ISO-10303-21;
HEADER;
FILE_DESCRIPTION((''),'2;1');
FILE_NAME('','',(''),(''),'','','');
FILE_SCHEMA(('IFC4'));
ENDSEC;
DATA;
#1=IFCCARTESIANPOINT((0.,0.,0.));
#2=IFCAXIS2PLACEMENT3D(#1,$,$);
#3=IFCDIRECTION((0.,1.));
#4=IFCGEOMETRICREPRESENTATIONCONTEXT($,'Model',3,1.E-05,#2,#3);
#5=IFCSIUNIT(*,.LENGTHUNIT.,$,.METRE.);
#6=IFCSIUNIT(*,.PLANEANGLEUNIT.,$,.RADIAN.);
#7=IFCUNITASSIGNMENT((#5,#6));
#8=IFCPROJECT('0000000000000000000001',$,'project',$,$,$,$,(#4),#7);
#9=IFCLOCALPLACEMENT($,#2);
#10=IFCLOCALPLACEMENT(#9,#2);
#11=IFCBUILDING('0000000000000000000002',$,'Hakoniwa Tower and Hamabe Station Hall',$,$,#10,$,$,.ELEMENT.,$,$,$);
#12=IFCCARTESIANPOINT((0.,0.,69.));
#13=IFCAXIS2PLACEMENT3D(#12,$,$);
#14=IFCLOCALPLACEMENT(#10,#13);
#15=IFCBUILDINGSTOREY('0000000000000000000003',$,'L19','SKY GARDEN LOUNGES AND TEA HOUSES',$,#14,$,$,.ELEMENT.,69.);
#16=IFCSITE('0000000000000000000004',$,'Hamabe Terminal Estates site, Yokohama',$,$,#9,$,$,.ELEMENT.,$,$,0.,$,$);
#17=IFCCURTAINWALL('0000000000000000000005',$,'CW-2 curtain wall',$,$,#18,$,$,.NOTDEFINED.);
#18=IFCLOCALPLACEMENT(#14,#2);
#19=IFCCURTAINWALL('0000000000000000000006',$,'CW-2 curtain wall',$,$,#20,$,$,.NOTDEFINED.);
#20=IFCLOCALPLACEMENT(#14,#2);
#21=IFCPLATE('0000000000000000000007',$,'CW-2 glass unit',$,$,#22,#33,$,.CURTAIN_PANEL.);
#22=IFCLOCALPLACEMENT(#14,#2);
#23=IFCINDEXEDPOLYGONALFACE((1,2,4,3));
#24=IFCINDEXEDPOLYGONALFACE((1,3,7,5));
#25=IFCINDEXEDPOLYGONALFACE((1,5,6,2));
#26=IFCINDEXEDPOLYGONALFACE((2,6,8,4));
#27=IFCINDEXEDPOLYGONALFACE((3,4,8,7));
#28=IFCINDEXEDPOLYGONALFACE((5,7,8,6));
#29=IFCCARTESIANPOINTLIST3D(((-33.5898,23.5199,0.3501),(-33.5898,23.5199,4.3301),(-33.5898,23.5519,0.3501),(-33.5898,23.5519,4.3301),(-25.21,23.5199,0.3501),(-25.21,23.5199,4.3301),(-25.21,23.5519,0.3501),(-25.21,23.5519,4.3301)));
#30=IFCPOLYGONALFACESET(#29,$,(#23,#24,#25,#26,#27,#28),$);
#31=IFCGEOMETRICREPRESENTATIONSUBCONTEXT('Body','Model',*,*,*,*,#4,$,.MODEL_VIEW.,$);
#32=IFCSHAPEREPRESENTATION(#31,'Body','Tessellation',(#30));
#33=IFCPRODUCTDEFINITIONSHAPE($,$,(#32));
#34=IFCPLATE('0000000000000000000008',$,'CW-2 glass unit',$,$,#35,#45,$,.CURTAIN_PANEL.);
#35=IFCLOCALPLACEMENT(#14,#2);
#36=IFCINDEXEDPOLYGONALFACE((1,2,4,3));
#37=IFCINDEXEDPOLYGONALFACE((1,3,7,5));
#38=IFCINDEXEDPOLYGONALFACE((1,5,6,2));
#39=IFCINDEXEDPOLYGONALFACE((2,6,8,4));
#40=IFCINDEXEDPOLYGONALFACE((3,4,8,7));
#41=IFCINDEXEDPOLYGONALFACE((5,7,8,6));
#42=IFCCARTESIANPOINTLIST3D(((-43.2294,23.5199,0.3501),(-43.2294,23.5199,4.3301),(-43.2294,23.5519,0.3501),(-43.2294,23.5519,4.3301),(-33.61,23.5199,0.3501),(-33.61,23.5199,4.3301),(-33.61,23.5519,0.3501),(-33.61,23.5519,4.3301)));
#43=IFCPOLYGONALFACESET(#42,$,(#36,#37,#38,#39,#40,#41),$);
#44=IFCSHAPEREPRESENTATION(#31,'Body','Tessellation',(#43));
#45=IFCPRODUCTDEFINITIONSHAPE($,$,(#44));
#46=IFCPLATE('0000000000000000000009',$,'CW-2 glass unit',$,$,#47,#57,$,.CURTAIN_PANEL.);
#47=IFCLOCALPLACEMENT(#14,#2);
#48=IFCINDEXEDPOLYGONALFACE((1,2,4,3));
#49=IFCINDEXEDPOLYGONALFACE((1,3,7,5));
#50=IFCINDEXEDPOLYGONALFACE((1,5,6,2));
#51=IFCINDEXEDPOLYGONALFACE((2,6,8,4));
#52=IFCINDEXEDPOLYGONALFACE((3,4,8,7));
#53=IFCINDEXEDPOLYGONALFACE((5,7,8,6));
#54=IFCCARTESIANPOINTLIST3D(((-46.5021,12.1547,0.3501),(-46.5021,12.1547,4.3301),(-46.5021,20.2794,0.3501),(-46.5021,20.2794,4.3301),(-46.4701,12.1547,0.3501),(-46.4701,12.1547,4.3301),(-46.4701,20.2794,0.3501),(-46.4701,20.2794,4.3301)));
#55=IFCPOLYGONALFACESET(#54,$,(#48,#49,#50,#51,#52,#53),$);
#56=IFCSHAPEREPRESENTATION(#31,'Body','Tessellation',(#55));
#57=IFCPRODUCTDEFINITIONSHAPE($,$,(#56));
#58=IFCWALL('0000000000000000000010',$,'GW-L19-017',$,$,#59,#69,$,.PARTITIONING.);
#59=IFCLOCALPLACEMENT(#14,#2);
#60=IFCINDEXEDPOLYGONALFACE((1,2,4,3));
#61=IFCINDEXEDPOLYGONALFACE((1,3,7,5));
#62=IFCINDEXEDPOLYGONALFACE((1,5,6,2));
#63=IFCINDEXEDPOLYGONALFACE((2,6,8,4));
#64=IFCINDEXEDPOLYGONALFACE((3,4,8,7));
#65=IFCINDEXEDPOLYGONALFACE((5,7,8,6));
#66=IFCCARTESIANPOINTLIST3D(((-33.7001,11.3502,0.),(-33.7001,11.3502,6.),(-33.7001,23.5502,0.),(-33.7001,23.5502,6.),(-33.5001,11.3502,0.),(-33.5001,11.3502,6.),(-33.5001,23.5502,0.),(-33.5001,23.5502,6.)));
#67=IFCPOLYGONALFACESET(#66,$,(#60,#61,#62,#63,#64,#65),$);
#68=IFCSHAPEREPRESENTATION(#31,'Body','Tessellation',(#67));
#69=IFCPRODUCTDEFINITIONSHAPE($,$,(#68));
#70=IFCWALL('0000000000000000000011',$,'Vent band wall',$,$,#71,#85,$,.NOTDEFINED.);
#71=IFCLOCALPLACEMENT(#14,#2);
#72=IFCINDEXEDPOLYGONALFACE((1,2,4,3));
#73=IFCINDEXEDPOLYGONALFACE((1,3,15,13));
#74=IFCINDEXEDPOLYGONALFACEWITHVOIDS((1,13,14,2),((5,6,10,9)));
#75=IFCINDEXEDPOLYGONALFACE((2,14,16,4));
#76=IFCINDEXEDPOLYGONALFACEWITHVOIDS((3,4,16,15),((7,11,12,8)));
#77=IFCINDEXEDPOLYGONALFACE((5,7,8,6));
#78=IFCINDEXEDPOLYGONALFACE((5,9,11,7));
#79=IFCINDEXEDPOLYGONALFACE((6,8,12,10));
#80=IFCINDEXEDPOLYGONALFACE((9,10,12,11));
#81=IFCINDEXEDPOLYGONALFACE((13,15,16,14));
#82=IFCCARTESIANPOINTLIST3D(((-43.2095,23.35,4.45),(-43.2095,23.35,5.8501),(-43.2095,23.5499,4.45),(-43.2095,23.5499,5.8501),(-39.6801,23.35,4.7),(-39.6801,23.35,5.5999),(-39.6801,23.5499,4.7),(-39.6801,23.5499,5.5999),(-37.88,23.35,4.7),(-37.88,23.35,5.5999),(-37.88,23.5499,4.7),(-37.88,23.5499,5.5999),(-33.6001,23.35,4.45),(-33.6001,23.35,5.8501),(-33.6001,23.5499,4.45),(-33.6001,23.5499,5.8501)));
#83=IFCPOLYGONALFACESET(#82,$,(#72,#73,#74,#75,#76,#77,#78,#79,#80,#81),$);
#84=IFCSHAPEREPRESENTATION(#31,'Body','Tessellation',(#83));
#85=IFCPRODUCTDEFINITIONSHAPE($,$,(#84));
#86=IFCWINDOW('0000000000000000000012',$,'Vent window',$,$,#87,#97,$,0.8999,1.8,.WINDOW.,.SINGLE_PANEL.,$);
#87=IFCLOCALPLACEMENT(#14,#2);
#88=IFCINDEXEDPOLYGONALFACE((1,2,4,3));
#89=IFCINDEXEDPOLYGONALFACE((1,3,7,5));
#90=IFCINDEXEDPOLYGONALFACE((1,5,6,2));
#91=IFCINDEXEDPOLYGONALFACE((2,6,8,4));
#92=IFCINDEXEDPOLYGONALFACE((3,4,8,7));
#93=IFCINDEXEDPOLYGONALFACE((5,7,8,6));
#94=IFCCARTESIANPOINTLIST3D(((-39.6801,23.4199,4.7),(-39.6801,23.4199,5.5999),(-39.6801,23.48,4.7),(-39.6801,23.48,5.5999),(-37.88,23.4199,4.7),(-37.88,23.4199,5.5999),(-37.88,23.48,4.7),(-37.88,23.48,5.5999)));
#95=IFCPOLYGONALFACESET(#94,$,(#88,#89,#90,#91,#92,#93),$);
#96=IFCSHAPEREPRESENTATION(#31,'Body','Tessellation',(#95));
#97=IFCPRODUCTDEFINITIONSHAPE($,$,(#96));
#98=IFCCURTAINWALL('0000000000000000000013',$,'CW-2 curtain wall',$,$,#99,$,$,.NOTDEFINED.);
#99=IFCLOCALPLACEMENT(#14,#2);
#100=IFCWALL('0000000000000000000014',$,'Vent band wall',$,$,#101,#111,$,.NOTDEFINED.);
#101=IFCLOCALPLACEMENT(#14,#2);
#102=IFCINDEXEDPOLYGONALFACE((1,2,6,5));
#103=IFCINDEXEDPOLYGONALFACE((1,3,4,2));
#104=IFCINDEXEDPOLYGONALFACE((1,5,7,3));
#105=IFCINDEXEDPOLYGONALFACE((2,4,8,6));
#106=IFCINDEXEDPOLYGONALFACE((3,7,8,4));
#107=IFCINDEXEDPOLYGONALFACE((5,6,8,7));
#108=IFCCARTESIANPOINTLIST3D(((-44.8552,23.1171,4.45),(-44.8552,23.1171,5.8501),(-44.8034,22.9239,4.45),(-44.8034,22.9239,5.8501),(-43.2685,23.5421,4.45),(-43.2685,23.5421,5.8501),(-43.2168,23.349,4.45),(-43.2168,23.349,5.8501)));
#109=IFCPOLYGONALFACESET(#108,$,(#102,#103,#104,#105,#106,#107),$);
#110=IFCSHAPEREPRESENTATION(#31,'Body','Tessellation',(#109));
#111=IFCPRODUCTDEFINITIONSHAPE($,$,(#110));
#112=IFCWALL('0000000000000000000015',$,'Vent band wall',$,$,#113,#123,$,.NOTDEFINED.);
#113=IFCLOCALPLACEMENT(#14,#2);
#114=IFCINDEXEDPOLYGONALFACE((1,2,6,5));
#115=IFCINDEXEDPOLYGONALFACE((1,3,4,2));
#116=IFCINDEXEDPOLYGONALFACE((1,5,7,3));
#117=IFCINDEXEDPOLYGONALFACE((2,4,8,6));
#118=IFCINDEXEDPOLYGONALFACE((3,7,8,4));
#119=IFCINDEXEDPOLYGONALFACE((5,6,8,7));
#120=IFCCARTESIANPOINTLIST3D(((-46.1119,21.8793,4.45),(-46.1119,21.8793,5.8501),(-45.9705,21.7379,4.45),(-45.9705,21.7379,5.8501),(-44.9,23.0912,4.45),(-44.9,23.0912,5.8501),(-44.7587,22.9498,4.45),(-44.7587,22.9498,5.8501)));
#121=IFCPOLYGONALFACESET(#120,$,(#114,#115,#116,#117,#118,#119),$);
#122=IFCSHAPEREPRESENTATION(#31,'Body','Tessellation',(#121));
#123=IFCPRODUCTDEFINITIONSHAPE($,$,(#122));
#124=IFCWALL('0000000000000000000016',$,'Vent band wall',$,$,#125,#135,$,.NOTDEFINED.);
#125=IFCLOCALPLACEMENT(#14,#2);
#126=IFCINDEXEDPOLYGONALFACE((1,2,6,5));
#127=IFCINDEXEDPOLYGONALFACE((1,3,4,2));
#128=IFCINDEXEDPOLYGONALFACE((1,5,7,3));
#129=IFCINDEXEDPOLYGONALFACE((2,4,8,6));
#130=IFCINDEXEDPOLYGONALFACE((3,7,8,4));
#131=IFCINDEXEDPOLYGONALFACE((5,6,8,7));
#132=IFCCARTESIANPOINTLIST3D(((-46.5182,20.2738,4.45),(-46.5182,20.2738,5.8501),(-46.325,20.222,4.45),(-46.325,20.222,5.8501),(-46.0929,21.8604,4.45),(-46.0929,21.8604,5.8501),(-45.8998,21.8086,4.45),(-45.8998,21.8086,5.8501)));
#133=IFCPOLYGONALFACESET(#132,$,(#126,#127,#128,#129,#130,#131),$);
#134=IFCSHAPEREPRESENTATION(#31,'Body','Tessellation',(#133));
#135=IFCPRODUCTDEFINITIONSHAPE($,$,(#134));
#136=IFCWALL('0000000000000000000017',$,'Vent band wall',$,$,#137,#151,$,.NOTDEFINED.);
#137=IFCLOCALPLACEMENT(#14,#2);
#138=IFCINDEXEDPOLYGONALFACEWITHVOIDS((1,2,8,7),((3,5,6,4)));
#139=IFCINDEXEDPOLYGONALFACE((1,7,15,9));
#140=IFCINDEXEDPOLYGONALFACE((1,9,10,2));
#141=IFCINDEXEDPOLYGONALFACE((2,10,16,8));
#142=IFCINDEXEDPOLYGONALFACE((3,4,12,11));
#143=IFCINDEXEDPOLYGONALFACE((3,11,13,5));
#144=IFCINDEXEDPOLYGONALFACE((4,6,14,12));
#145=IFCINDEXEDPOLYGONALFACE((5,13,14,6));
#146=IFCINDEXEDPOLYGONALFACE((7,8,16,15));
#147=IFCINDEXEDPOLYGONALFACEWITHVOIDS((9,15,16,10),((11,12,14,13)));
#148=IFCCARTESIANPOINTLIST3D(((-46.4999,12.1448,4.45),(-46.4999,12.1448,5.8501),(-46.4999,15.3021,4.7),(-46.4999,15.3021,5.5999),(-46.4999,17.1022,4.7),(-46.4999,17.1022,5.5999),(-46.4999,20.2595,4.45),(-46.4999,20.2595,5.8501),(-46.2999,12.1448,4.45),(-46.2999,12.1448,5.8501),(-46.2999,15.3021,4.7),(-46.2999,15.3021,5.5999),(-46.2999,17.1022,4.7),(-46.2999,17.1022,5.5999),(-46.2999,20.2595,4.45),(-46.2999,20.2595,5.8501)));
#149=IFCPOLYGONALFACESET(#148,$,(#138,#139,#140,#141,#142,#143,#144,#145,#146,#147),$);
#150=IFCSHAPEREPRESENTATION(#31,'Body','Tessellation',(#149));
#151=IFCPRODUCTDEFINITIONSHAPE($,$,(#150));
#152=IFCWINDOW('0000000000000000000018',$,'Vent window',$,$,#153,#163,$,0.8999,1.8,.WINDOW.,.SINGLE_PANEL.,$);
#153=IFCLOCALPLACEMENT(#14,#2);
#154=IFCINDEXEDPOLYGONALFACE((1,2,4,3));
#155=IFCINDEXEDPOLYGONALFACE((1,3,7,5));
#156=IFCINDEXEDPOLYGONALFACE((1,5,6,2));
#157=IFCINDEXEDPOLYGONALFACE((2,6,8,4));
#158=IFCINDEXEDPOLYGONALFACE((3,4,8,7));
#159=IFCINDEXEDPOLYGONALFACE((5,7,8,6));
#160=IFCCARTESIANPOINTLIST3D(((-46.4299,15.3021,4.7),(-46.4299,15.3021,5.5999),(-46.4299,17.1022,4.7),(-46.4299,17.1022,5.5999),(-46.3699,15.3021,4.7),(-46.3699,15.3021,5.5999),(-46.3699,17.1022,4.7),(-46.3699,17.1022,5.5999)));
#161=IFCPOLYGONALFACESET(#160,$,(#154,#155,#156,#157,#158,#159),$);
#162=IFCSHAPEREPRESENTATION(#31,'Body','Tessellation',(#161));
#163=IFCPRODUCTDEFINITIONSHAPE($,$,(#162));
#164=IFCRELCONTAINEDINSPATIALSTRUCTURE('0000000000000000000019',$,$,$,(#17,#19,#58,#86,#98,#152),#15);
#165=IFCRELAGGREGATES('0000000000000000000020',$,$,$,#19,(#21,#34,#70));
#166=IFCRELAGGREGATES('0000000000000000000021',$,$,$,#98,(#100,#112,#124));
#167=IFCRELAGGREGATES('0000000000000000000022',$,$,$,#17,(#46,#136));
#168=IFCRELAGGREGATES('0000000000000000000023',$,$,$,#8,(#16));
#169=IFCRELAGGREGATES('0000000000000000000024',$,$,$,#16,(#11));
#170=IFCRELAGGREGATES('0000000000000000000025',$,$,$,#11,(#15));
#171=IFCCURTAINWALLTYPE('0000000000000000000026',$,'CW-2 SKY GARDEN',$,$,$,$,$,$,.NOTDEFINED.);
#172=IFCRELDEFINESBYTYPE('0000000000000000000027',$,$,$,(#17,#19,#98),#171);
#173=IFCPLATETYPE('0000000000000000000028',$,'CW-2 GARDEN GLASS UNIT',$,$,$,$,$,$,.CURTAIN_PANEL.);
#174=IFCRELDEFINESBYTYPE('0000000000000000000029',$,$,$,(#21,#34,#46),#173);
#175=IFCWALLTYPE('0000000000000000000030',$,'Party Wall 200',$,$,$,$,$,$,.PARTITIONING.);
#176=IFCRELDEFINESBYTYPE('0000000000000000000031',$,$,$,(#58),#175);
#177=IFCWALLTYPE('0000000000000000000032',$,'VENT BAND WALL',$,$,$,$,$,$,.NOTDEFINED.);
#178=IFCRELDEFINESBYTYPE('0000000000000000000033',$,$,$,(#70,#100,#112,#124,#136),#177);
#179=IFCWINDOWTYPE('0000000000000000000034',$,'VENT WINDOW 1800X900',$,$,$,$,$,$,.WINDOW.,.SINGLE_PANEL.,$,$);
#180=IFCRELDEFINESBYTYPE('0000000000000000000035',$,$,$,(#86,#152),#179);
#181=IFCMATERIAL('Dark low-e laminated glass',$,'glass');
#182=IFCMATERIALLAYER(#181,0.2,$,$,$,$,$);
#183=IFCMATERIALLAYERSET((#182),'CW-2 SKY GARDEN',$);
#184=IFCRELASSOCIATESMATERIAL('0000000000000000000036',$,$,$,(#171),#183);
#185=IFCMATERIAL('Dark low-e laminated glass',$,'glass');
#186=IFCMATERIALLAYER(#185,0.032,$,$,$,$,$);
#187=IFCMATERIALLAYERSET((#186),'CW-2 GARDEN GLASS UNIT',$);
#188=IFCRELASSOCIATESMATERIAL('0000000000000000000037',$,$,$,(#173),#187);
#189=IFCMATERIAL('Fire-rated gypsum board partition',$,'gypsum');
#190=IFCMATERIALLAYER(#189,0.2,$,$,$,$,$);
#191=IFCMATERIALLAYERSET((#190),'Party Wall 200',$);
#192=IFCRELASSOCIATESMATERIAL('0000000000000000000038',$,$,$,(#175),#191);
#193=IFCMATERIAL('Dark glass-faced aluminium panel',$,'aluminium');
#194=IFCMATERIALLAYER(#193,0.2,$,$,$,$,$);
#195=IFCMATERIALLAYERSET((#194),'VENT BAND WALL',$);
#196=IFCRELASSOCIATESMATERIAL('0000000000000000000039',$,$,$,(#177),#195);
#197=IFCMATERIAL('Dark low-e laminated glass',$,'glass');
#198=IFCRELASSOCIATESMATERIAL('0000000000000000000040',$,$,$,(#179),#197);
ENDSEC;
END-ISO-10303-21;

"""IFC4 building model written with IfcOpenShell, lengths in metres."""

from ifc_helpers import new_model, si_unit, direction, frame, frame_2d, origin, origin_2d, place, context, subcontext, project, spatial, rectangle, extrude, material, layer, layer_set, type_object, element, fill, aggregate, save


model = new_model("IFC4")

# Units and contexts
model_context = context("Model", 3, precision=1e-05, world=origin(), true_north=direction((0.0, 1.0)))
body_context = subcontext(model_context, "Body", "Model", "MODEL_VIEW")
ifc_project = project(units=[si_unit("LENGTHUNIT", "METRE"), si_unit("PLANEANGLEUNIT", "RADIAN")], contexts=[model_context])

# Site, building, storey
site_placement = place(None, origin())
site = spatial("IfcSite", under=ifc_project, at=site_placement, Name="Hamabe Terminal Estates site, Yokohama", CompositionType="ELEMENT", RefElevation=0.0)
building_placement = place(site_placement, origin())
building = spatial("IfcBuilding", under=site, at=building_placement, Name="Hakoniwa Tower and Hamabe Station Hall", CompositionType="ELEMENT")
storey_placement = place(building_placement, frame((0.0, 0.0, 69.0)))
storey = spatial("IfcBuildingStorey", under=building, at=storey_placement, Name="L19", Description="SKY GARDEN LOUNGES AND TEA HOUSES", CompositionType="ELEMENT", Elevation=69.0)

# Curtain walls
ifc_material_1 = material(Name="Dark low-e laminated glass", Category="glass")
ifc_layer_1 = layer(ifc_material_1, 0.2)
ifc_layer_set_1 = layer_set([ifc_layer_1], Name="CW-2 SKY GARDEN")
curtain_wall_type = type_object("IfcCurtainWallType", Name="CW-2 SKY GARDEN", PredefinedType="NOTDEFINED", material=ifc_layer_set_1)
curtain_wall_1_placement = place(storey_placement, origin())
curtain_wall_1 = element("IfcCurtainWall", 1, at=curtain_wall_1_placement, inside=storey, type_object=curtain_wall_type, Name="CW-2 curtain wall", PredefinedType="NOTDEFINED")
curtain_wall_2_placement = place(storey_placement, origin())
curtain_wall_2 = element("IfcCurtainWall", 2, at=curtain_wall_2_placement, inside=storey, type_object=curtain_wall_type, Name="CW-2 curtain wall", PredefinedType="NOTDEFINED")

# Plates
ifc_material_2 = material(Name="Dark low-e laminated glass", Category="glass")
ifc_layer_2 = layer(ifc_material_2, 0.032)
ifc_layer_set_2 = layer_set([ifc_layer_2], Name="CW-2 GARDEN GLASS UNIT")
plate_type = type_object("IfcPlateType", Name="CW-2 GARDEN GLASS UNIT", PredefinedType="CURTAIN_PANEL", material=ifc_layer_set_2)
plate_1_placement = place(storey_placement, frame((-29.3999, 23.5359, 0.3501), z_axis=(0.0, 0.0, 1.0), x_axis=(-1.0, 0.0, 0.0)))
plate_1 = element("IfcPlate", 3, at=plate_1_placement, type_object=plate_type, Name="CW-2 glass unit", PredefinedType="CURTAIN_PANEL", context=body_context, shape_type="SweptSolid", body=[
    extrude(rectangle(XDim=8.3799, YDim=0.032, at=origin_2d()), origin(), (0.0, 0.0, 1.0), 3.98),
])
plate_2_placement = place(storey_placement, frame((-38.4197, 23.5359, 0.3501), z_axis=(0.0, 0.0, 1.0), x_axis=(-1.0, 0.0, 0.0)))
plate_2 = element("IfcPlate", 4, at=plate_2_placement, type_object=plate_type, Name="CW-2 glass unit", PredefinedType="CURTAIN_PANEL", context=body_context, shape_type="SweptSolid", body=[
    extrude(rectangle(XDim=9.6194, YDim=0.032, at=origin_2d()), origin(), (0.0, 0.0, 1.0), 3.98),
])
plate_3_placement = place(storey_placement, frame((-46.4861, 16.217, 0.3501), z_axis=(0.0, 0.0, 1.0), x_axis=(0.0, -1.0, 0.0)))
plate_3 = element("IfcPlate", 5, at=plate_3_placement, type_object=plate_type, Name="CW-2 glass unit", PredefinedType="CURTAIN_PANEL", context=body_context, shape_type="SweptSolid", body=[
    extrude(rectangle(XDim=8.1248, YDim=0.032, at=origin_2d()), origin(), (0.0, 0.0, 1.0), 3.98),
])

# Wall
ifc_material_3 = material(Name="Fire-rated gypsum board partition", Category="gypsum")
ifc_layer_3 = layer(ifc_material_3, 0.2)
ifc_layer_set_3 = layer_set([ifc_layer_3], Name="Party Wall 200")
wall_type_1 = type_object("IfcWallType", Name="Party Wall 200", PredefinedType="PARTITIONING", material=ifc_layer_set_3)
wall_1_placement = place(storey_placement, frame((-33.6001, 11.3501, 0.0), z_axis=(0.0, 0.0, 1.0), x_axis=(0.0, 1.0, 0.0)))
element("IfcWall", 6, at=wall_1_placement, inside=storey, type_object=wall_type_1, Name="GW-L19-017", PredefinedType="PARTITIONING", context=body_context, shape_type="SweptSolid", body=[
    extrude(rectangle(XDim=12.2, YDim=0.2, at=frame_2d((6.1001, 0.0))), origin(), (0.0, 0.0, 1.0), 6.0),
])

# Wall, opening, window
ifc_material_4 = material(Name="Dark glass-faced aluminium panel", Category="aluminium")
ifc_layer_4 = layer(ifc_material_4, 0.2)
ifc_layer_set_4 = layer_set([ifc_layer_4], Name="VENT BAND WALL")
wall_type_2 = type_object("IfcWallType", Name="VENT BAND WALL", PredefinedType="NOTDEFINED", material=ifc_layer_set_4)
wall_2_placement = place(storey_placement, frame((-33.6001, 23.45, 4.45), z_axis=(0.0, 0.0, 1.0), x_axis=(-1.0, 0.0, 0.0)))
wall_2 = element("IfcWall", 7, at=wall_2_placement, type_object=wall_type_2, Name="Vent band wall", PredefinedType="NOTDEFINED", context=body_context, shape_type="SweptSolid", body=[
    extrude(rectangle(XDim=9.6094, YDim=0.2, at=frame_2d((4.8047, 0.0))), origin(), (0.0, 0.0, 1.0), 1.4001),
])
opening_1_placement = place(wall_2_placement, frame((4.28, 0.0, 0.25)))
opening_1 = element("IfcOpeningElement", 8, at=opening_1_placement, cuts=wall_2, PredefinedType="OPENING", context=body_context, shape_type="SweptSolid", body=[
    extrude(rectangle(XDim=1.8, YDim=0.8999, at=frame_2d((0.8999, 0.45))), frame((0.0, 0.1099, 0.0), z_axis=(0.0, -1.0, 0.0), x_axis=(1.0, 0.0, 0.0)), (0.0, 0.0, 1.0), 0.22),
])
ifc_material_5 = material(Name="Dark low-e laminated glass", Category="glass")
window_type = type_object("IfcWindowType", Name="VENT WINDOW 1800X900", PartitioningType="SINGLE_PANEL", PredefinedType="WINDOW", material=ifc_material_5)
window_1_placement = place(opening_1_placement, origin())
window_1 = element("IfcWindow", 9, at=window_1_placement, inside=storey, type_object=window_type, Name="Vent window", OverallHeight=0.8999, OverallWidth=1.8, PartitioningType="SINGLE_PANEL", PredefinedType="WINDOW", context=body_context, shape_type="SweptSolid", body=[
    extrude(rectangle(XDim=1.8, YDim=0.8999, at=frame_2d((0.8999, 0.45))), frame((0.0, 0.03, 0.0), z_axis=(0.0, -1.0, 0.0), x_axis=(1.0, 0.0, 0.0)), (0.0, 0.0, 1.0), 0.0601),
])
fill(opening_1, window_1)
aggregate(curtain_wall_2, [plate_1, plate_2, wall_2])

# Curtain wall, walls
curtain_wall_3_placement = place(storey_placement, origin())
curtain_wall_3 = element("IfcCurtainWall", 10, at=curtain_wall_3_placement, inside=storey, type_object=curtain_wall_type, Name="CW-2 curtain wall", PredefinedType="NOTDEFINED")
wall_3_placement = place(storey_placement, frame((-43.2427, 23.4456, 4.45), z_axis=(0.0, 0.0, 1.0), x_axis=(-0.965941, -0.258763, 0.0)))
wall_3 = element("IfcWall", 11, at=wall_3_placement, type_object=wall_type_2, Name="Vent band wall", PredefinedType="NOTDEFINED", context=body_context, shape_type="SweptSolid", body=[
    extrude(rectangle(XDim=1.6426, YDim=0.2, at=frame_2d((0.8213, 0.0))), origin(), (0.0, 0.0, 1.0), 1.4001),
])
wall_4_placement = place(storey_placement, frame((-44.8293, 23.0205, 4.45), z_axis=(0.0, 0.0, 1.0), x_axis=(-0.707107, -0.707107, 0.0)))
wall_4 = element("IfcWall", 12, at=wall_4_placement, type_object=wall_type_2, Name="Vent band wall", PredefinedType="NOTDEFINED", context=body_context, shape_type="SweptSolid", body=[
    extrude(rectangle(XDim=1.7139, YDim=0.2, at=frame_2d((0.8569, 0.0))), origin(), (0.0, 0.0, 1.0), 1.4001),
])
wall_5_placement = place(storey_placement, frame((-45.9963, 21.8345, 4.45), z_axis=(0.0, 0.0, 1.0), x_axis=(-0.258902, -0.965904, 0.0)))
wall_5 = element("IfcWall", 13, at=wall_5_placement, type_object=wall_type_2, Name="Vent band wall", PredefinedType="NOTDEFINED", context=body_context, shape_type="SweptSolid", body=[
    extrude(rectangle(XDim=1.6426, YDim=0.2, at=frame_2d((0.8213, 0.0))), origin(), (0.0, 0.0, 1.0), 1.4001),
])
aggregate(curtain_wall_3, [wall_3, wall_4, wall_5])

# Wall, opening, window
wall_6_placement = place(storey_placement, frame((-46.3999, 20.2595, 4.45), z_axis=(0.0, 0.0, 1.0), x_axis=(0.0, -1.0, 0.0)))
wall_6 = element("IfcWall", 14, at=wall_6_placement, type_object=wall_type_2, Name="Vent band wall", PredefinedType="NOTDEFINED", context=body_context, shape_type="SweptSolid", body=[
    extrude(rectangle(XDim=8.1147, YDim=0.2, at=frame_2d((4.0574, 0.0))), origin(), (0.0, 0.0, 1.0), 1.4001),
])
opening_2_placement = place(wall_6_placement, frame((3.1575, 0.0, 0.25)))
opening_2 = element("IfcOpeningElement", 15, at=opening_2_placement, cuts=wall_6, PredefinedType="OPENING", context=body_context, shape_type="SweptSolid", body=[
    extrude(rectangle(XDim=1.8, YDim=0.8999, at=frame_2d((0.8999, 0.45))), frame((0.0, 0.1099, 0.0), z_axis=(0.0, -1.0, 0.0), x_axis=(1.0, 0.0, 0.0)), (0.0, 0.0, 1.0), 0.22),
])
window_2_placement = place(opening_2_placement, origin())
window_2 = element("IfcWindow", 16, at=window_2_placement, inside=storey, type_object=window_type, Name="Vent window", OverallHeight=0.8999, OverallWidth=1.8, PartitioningType="SINGLE_PANEL", PredefinedType="WINDOW", context=body_context, shape_type="SweptSolid", body=[
    extrude(rectangle(XDim=1.8, YDim=0.8999, at=frame_2d((0.8999, 0.45))), frame((0.0, 0.03, 0.0), z_axis=(0.0, -1.0, 0.0), x_axis=(1.0, 0.0, 0.0)), (0.0, 0.0, 1.0), 0.0601),
])
fill(opening_2, window_2)
aggregate(curtain_wall_1, [plate_3, wall_6])

save(model, "model.ifc")
